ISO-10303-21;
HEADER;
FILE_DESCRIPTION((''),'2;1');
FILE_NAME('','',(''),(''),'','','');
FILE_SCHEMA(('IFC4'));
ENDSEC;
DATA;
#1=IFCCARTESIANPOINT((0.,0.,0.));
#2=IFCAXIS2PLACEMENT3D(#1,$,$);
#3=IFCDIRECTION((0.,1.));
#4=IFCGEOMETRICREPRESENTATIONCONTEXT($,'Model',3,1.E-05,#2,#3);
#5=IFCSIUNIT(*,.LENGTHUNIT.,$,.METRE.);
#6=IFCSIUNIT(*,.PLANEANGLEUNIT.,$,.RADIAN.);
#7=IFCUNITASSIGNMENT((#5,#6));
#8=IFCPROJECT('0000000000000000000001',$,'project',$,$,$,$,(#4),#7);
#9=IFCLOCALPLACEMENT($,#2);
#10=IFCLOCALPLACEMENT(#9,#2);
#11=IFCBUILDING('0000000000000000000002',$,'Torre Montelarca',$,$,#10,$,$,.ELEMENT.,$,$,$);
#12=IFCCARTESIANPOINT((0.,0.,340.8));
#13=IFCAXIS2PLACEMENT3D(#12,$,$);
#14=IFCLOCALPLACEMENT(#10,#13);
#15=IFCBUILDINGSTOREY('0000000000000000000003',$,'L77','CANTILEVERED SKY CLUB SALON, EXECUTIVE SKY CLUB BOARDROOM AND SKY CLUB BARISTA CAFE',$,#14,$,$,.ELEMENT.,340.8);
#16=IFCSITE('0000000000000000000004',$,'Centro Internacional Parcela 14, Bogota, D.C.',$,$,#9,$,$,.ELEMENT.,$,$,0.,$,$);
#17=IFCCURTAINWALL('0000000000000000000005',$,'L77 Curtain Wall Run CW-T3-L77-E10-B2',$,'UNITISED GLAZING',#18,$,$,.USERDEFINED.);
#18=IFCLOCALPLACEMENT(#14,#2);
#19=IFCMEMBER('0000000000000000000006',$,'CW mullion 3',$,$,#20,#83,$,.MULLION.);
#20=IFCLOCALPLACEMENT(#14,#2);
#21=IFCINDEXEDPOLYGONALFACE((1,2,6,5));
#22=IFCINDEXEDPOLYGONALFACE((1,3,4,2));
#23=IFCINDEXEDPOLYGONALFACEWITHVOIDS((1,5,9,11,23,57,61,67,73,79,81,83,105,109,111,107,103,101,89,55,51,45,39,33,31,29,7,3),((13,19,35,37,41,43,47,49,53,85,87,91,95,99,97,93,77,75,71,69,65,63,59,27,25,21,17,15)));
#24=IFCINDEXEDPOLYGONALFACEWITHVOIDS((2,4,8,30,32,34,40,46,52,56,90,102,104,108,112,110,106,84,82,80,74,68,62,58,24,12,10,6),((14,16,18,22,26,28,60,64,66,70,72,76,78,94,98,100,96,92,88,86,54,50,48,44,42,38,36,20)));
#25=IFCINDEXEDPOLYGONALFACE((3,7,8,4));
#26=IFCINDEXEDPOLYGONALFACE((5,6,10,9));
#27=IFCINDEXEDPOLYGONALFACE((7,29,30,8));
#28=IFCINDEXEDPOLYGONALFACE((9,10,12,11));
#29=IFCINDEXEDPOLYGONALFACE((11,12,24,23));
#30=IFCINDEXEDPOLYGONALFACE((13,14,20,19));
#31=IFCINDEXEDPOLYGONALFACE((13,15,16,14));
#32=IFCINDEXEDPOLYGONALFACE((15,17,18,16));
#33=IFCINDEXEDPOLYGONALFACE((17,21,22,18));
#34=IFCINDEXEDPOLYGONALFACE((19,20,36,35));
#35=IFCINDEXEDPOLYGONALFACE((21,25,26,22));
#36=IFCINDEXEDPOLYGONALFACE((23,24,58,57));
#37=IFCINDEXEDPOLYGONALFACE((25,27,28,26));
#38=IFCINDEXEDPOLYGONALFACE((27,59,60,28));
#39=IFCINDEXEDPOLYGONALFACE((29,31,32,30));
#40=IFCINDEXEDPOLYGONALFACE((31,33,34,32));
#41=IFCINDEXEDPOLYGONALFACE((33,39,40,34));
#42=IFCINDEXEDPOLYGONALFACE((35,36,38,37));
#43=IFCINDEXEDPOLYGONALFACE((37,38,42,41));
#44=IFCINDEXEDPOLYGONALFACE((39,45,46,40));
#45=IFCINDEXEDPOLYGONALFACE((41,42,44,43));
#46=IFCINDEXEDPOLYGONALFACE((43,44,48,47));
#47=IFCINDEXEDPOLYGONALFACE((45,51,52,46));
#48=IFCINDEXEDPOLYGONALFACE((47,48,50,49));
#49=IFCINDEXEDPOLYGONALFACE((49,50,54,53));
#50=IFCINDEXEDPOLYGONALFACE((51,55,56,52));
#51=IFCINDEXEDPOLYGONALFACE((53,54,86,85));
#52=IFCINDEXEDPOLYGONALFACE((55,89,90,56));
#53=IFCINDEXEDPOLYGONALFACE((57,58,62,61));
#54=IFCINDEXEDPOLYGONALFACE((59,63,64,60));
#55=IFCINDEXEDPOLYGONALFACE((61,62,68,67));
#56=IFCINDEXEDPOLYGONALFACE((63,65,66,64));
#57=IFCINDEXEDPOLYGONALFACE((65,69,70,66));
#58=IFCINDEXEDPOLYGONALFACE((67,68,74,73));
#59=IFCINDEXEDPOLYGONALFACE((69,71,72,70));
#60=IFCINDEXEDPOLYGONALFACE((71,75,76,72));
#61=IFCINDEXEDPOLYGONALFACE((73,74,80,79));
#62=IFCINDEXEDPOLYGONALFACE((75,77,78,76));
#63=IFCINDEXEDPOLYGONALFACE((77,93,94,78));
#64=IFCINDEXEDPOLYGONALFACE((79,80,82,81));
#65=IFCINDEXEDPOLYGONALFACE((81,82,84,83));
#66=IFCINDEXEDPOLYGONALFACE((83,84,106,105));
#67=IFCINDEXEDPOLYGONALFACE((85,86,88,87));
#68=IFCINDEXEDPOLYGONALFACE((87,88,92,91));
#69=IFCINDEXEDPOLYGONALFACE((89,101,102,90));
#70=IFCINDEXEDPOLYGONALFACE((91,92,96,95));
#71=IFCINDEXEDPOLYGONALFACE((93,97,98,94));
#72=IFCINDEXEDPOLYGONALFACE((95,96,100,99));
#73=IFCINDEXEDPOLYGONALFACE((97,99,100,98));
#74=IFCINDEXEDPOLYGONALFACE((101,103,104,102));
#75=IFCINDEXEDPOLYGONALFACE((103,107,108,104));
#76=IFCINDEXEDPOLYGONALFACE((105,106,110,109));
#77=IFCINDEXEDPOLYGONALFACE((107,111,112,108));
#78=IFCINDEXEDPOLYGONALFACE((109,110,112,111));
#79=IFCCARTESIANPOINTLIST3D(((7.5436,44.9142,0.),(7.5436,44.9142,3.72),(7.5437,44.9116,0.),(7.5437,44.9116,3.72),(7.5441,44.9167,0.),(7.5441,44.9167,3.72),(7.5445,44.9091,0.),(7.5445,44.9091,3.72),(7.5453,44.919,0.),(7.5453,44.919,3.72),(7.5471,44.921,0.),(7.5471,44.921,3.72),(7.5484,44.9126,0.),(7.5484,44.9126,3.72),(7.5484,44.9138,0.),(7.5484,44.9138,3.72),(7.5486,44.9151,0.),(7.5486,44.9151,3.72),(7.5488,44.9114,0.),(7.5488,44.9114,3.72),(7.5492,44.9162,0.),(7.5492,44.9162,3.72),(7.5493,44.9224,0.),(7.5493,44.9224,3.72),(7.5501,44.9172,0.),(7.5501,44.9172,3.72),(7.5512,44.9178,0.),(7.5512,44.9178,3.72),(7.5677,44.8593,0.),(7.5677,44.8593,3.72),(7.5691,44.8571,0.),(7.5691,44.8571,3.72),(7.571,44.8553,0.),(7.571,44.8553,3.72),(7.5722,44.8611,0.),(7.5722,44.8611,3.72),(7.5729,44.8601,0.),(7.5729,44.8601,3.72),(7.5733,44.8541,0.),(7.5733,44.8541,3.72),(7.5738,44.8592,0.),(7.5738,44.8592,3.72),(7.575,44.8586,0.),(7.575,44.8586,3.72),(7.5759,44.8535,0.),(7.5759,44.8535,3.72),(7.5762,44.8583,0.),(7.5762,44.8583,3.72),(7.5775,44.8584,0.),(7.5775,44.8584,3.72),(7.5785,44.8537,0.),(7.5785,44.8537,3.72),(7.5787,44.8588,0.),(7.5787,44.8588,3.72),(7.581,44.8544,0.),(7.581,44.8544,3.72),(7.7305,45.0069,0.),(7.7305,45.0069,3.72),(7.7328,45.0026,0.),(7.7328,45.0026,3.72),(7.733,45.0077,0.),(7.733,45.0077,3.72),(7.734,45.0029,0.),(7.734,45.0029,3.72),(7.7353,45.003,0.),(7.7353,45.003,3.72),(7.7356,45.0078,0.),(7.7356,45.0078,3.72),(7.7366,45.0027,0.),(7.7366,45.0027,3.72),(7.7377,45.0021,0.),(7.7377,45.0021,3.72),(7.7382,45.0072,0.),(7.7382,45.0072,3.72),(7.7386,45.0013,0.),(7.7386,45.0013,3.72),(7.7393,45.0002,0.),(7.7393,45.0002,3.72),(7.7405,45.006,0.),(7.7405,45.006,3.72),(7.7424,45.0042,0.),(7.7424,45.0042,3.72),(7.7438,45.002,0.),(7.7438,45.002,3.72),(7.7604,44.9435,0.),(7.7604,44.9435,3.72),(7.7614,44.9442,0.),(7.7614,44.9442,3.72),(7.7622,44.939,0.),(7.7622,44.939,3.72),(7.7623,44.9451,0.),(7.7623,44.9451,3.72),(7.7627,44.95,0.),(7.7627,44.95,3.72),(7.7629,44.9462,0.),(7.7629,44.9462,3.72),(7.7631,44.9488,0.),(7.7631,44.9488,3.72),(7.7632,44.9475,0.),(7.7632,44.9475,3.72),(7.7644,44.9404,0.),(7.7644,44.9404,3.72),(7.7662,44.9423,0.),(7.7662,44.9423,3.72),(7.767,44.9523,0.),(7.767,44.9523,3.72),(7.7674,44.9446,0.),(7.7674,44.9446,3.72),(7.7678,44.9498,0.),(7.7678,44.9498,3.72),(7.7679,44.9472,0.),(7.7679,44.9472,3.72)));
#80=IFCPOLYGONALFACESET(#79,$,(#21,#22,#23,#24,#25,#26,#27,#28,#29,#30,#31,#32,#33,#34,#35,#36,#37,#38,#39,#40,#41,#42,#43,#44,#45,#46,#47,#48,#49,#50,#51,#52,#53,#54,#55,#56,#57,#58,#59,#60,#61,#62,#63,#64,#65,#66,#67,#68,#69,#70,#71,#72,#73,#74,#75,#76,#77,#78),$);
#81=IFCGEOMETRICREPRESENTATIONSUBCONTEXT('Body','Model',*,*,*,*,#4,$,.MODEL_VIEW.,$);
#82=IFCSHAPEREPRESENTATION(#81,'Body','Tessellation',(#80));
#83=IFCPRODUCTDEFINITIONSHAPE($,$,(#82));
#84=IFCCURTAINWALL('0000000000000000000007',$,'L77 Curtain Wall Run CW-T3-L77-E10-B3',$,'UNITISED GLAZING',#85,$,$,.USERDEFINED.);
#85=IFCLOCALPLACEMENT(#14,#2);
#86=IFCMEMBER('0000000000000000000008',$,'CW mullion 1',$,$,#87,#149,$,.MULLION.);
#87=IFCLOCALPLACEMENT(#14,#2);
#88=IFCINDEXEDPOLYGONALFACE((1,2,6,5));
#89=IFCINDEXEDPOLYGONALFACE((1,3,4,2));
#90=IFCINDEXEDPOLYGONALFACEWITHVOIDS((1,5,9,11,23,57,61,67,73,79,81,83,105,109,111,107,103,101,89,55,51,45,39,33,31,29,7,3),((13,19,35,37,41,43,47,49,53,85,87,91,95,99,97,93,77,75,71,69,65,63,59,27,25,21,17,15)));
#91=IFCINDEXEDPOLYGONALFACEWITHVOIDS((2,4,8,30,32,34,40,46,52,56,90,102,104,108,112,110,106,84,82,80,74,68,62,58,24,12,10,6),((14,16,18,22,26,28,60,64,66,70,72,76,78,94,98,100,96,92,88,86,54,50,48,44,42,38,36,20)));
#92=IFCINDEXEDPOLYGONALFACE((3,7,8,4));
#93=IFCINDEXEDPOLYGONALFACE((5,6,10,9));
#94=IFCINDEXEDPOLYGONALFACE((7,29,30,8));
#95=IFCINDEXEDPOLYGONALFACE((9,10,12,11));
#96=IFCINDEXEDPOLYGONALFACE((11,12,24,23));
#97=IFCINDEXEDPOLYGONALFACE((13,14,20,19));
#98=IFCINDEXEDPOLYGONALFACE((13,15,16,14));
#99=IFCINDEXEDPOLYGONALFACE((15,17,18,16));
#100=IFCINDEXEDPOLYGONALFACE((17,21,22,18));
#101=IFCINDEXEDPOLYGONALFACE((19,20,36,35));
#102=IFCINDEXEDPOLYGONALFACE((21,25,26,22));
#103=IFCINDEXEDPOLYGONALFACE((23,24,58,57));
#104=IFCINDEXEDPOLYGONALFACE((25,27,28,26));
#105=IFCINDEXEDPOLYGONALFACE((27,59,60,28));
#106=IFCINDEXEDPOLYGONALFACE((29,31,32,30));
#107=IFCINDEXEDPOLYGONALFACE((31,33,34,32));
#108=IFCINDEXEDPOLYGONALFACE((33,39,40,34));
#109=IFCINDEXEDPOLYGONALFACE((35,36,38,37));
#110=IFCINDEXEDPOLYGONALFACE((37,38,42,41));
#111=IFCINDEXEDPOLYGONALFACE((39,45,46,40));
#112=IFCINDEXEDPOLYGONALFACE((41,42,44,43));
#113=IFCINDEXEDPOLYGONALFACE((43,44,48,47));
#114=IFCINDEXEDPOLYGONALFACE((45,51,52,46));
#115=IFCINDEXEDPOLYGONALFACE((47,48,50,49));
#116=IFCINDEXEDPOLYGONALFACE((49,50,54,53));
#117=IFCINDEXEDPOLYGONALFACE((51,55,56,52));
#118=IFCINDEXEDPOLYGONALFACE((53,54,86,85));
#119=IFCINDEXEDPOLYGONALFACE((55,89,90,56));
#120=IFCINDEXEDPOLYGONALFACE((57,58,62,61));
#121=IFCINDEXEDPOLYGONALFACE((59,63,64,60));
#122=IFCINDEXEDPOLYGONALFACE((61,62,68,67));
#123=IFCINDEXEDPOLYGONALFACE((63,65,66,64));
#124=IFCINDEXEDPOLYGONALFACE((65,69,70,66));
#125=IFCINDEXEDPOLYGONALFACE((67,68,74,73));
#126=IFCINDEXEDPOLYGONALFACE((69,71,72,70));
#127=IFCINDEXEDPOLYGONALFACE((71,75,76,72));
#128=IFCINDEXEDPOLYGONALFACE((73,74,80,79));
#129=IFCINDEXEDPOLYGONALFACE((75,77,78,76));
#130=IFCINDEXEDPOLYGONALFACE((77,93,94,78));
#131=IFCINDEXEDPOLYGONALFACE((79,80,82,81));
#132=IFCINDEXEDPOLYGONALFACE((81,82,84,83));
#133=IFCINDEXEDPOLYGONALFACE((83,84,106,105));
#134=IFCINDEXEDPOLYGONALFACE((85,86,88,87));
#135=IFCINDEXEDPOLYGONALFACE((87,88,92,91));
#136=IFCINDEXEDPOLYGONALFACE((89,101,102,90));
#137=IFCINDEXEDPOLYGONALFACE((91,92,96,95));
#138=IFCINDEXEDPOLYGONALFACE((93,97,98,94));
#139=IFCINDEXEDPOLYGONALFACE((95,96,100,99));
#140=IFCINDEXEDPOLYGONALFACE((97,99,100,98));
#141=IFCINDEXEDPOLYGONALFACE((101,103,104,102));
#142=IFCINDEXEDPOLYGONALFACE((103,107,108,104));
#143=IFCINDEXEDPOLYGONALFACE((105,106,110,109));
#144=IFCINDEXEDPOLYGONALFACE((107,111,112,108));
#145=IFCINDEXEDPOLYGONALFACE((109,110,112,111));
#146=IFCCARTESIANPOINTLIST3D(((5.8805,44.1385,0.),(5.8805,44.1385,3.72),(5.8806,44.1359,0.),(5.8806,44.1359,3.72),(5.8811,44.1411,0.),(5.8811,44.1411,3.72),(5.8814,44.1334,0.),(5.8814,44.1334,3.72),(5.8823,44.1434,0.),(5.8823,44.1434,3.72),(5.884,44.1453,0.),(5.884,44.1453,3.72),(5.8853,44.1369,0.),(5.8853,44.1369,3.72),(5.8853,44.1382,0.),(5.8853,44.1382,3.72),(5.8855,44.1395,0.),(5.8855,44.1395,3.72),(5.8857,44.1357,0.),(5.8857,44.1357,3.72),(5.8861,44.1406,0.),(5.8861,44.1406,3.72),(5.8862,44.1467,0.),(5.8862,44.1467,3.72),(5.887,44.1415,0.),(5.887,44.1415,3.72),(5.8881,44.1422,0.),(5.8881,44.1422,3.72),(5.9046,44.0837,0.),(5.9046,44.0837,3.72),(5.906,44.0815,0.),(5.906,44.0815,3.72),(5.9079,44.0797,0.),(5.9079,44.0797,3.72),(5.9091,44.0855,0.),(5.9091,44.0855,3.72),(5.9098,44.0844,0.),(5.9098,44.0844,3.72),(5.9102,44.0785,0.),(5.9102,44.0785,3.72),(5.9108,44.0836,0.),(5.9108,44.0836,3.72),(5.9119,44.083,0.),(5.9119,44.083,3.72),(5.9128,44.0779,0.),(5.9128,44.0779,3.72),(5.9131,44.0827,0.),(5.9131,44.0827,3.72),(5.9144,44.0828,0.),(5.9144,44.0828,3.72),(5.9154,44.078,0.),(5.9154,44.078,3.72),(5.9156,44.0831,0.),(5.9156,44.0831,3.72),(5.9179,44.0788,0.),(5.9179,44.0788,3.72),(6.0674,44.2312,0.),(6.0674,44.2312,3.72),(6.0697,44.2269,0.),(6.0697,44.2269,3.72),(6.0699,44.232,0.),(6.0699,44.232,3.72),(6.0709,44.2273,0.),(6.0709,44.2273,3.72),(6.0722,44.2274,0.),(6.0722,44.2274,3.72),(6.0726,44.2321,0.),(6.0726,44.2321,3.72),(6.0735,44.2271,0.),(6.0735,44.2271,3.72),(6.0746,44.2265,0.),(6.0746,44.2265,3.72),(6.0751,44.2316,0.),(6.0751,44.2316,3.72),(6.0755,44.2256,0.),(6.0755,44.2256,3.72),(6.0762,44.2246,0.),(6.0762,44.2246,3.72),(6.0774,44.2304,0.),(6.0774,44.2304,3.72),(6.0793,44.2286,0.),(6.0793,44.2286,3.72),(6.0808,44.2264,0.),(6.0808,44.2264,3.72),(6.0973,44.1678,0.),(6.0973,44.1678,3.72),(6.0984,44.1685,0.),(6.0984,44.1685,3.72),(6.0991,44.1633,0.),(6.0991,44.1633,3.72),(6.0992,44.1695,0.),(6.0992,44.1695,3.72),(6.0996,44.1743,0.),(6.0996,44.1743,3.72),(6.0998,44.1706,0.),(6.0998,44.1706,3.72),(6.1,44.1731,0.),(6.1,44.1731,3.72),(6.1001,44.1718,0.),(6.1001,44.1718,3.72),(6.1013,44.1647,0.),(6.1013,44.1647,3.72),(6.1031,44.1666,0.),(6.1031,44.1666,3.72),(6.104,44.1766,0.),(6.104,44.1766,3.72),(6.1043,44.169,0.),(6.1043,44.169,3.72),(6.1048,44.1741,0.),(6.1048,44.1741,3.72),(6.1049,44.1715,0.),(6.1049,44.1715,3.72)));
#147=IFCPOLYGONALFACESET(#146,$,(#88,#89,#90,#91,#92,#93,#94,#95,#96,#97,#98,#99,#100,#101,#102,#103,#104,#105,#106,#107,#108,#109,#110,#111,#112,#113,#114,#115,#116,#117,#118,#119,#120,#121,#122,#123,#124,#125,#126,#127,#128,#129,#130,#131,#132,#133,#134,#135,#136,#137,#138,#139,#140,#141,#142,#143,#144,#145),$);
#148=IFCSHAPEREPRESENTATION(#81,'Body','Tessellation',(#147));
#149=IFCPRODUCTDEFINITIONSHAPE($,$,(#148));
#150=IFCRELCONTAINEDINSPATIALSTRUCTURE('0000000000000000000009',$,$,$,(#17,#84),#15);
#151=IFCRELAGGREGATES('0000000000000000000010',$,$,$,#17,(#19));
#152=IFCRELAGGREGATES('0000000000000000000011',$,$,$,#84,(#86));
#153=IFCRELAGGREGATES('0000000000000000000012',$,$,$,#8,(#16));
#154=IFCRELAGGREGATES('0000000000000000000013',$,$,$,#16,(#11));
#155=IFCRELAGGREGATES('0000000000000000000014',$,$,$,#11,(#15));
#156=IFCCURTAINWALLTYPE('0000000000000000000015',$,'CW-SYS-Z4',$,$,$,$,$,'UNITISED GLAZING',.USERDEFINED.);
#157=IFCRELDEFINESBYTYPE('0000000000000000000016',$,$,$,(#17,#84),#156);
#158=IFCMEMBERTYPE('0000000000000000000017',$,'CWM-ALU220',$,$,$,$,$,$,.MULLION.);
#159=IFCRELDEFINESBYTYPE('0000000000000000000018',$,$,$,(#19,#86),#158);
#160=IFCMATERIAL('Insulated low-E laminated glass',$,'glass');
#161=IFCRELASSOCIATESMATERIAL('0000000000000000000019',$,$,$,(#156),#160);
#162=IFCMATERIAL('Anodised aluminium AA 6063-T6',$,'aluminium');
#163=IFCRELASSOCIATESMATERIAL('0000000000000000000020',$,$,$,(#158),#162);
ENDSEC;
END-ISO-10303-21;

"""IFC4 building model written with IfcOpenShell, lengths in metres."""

from ifc_helpers import new_model, si_unit, direction, frame, origin, origin_2d, place, context, subcontext, project, spatial, hollow_rectangle, extrude, source, transform, mapped, material, material_profile, profile_set, type_object, element, aggregate, save


model = new_model("IFC4")

# Units and contexts
model_context = context("Model", 3, precision=1e-05, world=origin(), true_north=direction((0.0, 1.0)))
body_context = subcontext(model_context, "Body", "Model", "MODEL_VIEW")
ifc_project = project(units=[si_unit("LENGTHUNIT", "METRE"), si_unit("PLANEANGLEUNIT", "RADIAN")], contexts=[model_context])

# Site, building, storey
site_placement = place(None, origin())
site = spatial("IfcSite", under=ifc_project, at=site_placement, Name="Centro Internacional Parcela 14, Bogota, D.C.", CompositionType="ELEMENT", RefElevation=0.0)
building_placement = place(site_placement, origin())
building = spatial("IfcBuilding", under=site, at=building_placement, Name="Torre Montelarca", CompositionType="ELEMENT")
storey_placement = place(building_placement, frame((0.0, 0.0, 340.8)))
storey = spatial("IfcBuildingStorey", under=building, at=storey_placement, Name="L77", Description="CANTILEVERED SKY CLUB SALON, EXECUTIVE SKY CLUB BOARDROOM AND SKY CLUB BARISTA CAFE", CompositionType="ELEMENT", Elevation=340.8)

# Curtain walls, members
ifc_material_1 = material(Name="Insulated low-E laminated glass", Category="glass")
curtain_wall_type = type_object("IfcCurtainWallType", Name="CW-SYS-Z4", ElementType="UNITISED GLAZING", PredefinedType="USERDEFINED", material=ifc_material_1)
curtain_wall_1_placement = place(storey_placement, origin())
curtain_wall_1 = element("IfcCurtainWall", 1, at=curtain_wall_1_placement, inside=storey, type_object=curtain_wall_type, Name="L77 Curtain Wall Run CW-T3-L77-E10-B2", ObjectType="UNITISED GLAZING", PredefinedType="USERDEFINED")
ifc_material_2 = material(Name="Anodised aluminium AA 6063-T6", Category="aluminium")
ifc_material_profile_1 = material_profile(ifc_material_2, hollow_rectangle(XDim=0.075, YDim=0.22, WallThickness=0.0049, InnerFilletRadius=0.0049, OuterFilletRadius=0.01, at=origin_2d()), Name="ALU75X220X5", Category="aluminium")
ifc_profile_set_1 = profile_set([ifc_material_profile_1], Name="Anodised aluminium AA 6063-T6")
member_type_1 = type_object("IfcMemberType", Name="CWM-ALU220", PredefinedType="MULLION", material=ifc_profile_set_1)
shared_shape_1 = source(origin(), body_context, "Body", "SweptSolid", [
    extrude(hollow_rectangle(XDim=0.075, YDim=0.22, WallThickness=0.0049, InnerFilletRadius=0.0049, OuterFilletRadius=0.01, at=origin_2d()), origin(), (0.0, 0.0, 1.0), 3.72),
])
member_1_placement = place(storey_placement, frame((7.6558, 44.9307, 0.0), z_axis=(0.0, 0.0, 1.0), x_axis=(0.422627, -0.906304, 0.0)))
member_1 = element("IfcMember", 2, at=member_1_placement, type_object=member_type_1, Name="CW mullion 3", PredefinedType="MULLION", context=body_context, shape_type="MappedRepresentation", body=[
    mapped(shared_shape_1, transform((0.0, 0.0, 0.0), scale=1.0)),
])
curtain_wall_2_placement = place(storey_placement, origin())
curtain_wall_2 = element("IfcCurtainWall", 3, at=curtain_wall_2_placement, inside=storey, type_object=curtain_wall_type, Name="L77 Curtain Wall Run CW-T3-L77-E10-B3", ObjectType="UNITISED GLAZING", PredefinedType="USERDEFINED")
member_2_placement = place(storey_placement, frame((5.9927, 44.155, 0.0), z_axis=(0.0, 0.0, 1.0), x_axis=(0.422602, -0.906315, 0.0)))
member_2 = element("IfcMember", 4, at=member_2_placement, type_object=member_type_1, Name="CW mullion 1", PredefinedType="MULLION", context=body_context, shape_type="MappedRepresentation", body=[
    mapped(shared_shape_1, transform((0.0, 0.0, 0.0), scale=1.0)),
])

aggregate(curtain_wall_1, [member_1])
aggregate(curtain_wall_2, [member_2])

save(model, "model.ifc")
